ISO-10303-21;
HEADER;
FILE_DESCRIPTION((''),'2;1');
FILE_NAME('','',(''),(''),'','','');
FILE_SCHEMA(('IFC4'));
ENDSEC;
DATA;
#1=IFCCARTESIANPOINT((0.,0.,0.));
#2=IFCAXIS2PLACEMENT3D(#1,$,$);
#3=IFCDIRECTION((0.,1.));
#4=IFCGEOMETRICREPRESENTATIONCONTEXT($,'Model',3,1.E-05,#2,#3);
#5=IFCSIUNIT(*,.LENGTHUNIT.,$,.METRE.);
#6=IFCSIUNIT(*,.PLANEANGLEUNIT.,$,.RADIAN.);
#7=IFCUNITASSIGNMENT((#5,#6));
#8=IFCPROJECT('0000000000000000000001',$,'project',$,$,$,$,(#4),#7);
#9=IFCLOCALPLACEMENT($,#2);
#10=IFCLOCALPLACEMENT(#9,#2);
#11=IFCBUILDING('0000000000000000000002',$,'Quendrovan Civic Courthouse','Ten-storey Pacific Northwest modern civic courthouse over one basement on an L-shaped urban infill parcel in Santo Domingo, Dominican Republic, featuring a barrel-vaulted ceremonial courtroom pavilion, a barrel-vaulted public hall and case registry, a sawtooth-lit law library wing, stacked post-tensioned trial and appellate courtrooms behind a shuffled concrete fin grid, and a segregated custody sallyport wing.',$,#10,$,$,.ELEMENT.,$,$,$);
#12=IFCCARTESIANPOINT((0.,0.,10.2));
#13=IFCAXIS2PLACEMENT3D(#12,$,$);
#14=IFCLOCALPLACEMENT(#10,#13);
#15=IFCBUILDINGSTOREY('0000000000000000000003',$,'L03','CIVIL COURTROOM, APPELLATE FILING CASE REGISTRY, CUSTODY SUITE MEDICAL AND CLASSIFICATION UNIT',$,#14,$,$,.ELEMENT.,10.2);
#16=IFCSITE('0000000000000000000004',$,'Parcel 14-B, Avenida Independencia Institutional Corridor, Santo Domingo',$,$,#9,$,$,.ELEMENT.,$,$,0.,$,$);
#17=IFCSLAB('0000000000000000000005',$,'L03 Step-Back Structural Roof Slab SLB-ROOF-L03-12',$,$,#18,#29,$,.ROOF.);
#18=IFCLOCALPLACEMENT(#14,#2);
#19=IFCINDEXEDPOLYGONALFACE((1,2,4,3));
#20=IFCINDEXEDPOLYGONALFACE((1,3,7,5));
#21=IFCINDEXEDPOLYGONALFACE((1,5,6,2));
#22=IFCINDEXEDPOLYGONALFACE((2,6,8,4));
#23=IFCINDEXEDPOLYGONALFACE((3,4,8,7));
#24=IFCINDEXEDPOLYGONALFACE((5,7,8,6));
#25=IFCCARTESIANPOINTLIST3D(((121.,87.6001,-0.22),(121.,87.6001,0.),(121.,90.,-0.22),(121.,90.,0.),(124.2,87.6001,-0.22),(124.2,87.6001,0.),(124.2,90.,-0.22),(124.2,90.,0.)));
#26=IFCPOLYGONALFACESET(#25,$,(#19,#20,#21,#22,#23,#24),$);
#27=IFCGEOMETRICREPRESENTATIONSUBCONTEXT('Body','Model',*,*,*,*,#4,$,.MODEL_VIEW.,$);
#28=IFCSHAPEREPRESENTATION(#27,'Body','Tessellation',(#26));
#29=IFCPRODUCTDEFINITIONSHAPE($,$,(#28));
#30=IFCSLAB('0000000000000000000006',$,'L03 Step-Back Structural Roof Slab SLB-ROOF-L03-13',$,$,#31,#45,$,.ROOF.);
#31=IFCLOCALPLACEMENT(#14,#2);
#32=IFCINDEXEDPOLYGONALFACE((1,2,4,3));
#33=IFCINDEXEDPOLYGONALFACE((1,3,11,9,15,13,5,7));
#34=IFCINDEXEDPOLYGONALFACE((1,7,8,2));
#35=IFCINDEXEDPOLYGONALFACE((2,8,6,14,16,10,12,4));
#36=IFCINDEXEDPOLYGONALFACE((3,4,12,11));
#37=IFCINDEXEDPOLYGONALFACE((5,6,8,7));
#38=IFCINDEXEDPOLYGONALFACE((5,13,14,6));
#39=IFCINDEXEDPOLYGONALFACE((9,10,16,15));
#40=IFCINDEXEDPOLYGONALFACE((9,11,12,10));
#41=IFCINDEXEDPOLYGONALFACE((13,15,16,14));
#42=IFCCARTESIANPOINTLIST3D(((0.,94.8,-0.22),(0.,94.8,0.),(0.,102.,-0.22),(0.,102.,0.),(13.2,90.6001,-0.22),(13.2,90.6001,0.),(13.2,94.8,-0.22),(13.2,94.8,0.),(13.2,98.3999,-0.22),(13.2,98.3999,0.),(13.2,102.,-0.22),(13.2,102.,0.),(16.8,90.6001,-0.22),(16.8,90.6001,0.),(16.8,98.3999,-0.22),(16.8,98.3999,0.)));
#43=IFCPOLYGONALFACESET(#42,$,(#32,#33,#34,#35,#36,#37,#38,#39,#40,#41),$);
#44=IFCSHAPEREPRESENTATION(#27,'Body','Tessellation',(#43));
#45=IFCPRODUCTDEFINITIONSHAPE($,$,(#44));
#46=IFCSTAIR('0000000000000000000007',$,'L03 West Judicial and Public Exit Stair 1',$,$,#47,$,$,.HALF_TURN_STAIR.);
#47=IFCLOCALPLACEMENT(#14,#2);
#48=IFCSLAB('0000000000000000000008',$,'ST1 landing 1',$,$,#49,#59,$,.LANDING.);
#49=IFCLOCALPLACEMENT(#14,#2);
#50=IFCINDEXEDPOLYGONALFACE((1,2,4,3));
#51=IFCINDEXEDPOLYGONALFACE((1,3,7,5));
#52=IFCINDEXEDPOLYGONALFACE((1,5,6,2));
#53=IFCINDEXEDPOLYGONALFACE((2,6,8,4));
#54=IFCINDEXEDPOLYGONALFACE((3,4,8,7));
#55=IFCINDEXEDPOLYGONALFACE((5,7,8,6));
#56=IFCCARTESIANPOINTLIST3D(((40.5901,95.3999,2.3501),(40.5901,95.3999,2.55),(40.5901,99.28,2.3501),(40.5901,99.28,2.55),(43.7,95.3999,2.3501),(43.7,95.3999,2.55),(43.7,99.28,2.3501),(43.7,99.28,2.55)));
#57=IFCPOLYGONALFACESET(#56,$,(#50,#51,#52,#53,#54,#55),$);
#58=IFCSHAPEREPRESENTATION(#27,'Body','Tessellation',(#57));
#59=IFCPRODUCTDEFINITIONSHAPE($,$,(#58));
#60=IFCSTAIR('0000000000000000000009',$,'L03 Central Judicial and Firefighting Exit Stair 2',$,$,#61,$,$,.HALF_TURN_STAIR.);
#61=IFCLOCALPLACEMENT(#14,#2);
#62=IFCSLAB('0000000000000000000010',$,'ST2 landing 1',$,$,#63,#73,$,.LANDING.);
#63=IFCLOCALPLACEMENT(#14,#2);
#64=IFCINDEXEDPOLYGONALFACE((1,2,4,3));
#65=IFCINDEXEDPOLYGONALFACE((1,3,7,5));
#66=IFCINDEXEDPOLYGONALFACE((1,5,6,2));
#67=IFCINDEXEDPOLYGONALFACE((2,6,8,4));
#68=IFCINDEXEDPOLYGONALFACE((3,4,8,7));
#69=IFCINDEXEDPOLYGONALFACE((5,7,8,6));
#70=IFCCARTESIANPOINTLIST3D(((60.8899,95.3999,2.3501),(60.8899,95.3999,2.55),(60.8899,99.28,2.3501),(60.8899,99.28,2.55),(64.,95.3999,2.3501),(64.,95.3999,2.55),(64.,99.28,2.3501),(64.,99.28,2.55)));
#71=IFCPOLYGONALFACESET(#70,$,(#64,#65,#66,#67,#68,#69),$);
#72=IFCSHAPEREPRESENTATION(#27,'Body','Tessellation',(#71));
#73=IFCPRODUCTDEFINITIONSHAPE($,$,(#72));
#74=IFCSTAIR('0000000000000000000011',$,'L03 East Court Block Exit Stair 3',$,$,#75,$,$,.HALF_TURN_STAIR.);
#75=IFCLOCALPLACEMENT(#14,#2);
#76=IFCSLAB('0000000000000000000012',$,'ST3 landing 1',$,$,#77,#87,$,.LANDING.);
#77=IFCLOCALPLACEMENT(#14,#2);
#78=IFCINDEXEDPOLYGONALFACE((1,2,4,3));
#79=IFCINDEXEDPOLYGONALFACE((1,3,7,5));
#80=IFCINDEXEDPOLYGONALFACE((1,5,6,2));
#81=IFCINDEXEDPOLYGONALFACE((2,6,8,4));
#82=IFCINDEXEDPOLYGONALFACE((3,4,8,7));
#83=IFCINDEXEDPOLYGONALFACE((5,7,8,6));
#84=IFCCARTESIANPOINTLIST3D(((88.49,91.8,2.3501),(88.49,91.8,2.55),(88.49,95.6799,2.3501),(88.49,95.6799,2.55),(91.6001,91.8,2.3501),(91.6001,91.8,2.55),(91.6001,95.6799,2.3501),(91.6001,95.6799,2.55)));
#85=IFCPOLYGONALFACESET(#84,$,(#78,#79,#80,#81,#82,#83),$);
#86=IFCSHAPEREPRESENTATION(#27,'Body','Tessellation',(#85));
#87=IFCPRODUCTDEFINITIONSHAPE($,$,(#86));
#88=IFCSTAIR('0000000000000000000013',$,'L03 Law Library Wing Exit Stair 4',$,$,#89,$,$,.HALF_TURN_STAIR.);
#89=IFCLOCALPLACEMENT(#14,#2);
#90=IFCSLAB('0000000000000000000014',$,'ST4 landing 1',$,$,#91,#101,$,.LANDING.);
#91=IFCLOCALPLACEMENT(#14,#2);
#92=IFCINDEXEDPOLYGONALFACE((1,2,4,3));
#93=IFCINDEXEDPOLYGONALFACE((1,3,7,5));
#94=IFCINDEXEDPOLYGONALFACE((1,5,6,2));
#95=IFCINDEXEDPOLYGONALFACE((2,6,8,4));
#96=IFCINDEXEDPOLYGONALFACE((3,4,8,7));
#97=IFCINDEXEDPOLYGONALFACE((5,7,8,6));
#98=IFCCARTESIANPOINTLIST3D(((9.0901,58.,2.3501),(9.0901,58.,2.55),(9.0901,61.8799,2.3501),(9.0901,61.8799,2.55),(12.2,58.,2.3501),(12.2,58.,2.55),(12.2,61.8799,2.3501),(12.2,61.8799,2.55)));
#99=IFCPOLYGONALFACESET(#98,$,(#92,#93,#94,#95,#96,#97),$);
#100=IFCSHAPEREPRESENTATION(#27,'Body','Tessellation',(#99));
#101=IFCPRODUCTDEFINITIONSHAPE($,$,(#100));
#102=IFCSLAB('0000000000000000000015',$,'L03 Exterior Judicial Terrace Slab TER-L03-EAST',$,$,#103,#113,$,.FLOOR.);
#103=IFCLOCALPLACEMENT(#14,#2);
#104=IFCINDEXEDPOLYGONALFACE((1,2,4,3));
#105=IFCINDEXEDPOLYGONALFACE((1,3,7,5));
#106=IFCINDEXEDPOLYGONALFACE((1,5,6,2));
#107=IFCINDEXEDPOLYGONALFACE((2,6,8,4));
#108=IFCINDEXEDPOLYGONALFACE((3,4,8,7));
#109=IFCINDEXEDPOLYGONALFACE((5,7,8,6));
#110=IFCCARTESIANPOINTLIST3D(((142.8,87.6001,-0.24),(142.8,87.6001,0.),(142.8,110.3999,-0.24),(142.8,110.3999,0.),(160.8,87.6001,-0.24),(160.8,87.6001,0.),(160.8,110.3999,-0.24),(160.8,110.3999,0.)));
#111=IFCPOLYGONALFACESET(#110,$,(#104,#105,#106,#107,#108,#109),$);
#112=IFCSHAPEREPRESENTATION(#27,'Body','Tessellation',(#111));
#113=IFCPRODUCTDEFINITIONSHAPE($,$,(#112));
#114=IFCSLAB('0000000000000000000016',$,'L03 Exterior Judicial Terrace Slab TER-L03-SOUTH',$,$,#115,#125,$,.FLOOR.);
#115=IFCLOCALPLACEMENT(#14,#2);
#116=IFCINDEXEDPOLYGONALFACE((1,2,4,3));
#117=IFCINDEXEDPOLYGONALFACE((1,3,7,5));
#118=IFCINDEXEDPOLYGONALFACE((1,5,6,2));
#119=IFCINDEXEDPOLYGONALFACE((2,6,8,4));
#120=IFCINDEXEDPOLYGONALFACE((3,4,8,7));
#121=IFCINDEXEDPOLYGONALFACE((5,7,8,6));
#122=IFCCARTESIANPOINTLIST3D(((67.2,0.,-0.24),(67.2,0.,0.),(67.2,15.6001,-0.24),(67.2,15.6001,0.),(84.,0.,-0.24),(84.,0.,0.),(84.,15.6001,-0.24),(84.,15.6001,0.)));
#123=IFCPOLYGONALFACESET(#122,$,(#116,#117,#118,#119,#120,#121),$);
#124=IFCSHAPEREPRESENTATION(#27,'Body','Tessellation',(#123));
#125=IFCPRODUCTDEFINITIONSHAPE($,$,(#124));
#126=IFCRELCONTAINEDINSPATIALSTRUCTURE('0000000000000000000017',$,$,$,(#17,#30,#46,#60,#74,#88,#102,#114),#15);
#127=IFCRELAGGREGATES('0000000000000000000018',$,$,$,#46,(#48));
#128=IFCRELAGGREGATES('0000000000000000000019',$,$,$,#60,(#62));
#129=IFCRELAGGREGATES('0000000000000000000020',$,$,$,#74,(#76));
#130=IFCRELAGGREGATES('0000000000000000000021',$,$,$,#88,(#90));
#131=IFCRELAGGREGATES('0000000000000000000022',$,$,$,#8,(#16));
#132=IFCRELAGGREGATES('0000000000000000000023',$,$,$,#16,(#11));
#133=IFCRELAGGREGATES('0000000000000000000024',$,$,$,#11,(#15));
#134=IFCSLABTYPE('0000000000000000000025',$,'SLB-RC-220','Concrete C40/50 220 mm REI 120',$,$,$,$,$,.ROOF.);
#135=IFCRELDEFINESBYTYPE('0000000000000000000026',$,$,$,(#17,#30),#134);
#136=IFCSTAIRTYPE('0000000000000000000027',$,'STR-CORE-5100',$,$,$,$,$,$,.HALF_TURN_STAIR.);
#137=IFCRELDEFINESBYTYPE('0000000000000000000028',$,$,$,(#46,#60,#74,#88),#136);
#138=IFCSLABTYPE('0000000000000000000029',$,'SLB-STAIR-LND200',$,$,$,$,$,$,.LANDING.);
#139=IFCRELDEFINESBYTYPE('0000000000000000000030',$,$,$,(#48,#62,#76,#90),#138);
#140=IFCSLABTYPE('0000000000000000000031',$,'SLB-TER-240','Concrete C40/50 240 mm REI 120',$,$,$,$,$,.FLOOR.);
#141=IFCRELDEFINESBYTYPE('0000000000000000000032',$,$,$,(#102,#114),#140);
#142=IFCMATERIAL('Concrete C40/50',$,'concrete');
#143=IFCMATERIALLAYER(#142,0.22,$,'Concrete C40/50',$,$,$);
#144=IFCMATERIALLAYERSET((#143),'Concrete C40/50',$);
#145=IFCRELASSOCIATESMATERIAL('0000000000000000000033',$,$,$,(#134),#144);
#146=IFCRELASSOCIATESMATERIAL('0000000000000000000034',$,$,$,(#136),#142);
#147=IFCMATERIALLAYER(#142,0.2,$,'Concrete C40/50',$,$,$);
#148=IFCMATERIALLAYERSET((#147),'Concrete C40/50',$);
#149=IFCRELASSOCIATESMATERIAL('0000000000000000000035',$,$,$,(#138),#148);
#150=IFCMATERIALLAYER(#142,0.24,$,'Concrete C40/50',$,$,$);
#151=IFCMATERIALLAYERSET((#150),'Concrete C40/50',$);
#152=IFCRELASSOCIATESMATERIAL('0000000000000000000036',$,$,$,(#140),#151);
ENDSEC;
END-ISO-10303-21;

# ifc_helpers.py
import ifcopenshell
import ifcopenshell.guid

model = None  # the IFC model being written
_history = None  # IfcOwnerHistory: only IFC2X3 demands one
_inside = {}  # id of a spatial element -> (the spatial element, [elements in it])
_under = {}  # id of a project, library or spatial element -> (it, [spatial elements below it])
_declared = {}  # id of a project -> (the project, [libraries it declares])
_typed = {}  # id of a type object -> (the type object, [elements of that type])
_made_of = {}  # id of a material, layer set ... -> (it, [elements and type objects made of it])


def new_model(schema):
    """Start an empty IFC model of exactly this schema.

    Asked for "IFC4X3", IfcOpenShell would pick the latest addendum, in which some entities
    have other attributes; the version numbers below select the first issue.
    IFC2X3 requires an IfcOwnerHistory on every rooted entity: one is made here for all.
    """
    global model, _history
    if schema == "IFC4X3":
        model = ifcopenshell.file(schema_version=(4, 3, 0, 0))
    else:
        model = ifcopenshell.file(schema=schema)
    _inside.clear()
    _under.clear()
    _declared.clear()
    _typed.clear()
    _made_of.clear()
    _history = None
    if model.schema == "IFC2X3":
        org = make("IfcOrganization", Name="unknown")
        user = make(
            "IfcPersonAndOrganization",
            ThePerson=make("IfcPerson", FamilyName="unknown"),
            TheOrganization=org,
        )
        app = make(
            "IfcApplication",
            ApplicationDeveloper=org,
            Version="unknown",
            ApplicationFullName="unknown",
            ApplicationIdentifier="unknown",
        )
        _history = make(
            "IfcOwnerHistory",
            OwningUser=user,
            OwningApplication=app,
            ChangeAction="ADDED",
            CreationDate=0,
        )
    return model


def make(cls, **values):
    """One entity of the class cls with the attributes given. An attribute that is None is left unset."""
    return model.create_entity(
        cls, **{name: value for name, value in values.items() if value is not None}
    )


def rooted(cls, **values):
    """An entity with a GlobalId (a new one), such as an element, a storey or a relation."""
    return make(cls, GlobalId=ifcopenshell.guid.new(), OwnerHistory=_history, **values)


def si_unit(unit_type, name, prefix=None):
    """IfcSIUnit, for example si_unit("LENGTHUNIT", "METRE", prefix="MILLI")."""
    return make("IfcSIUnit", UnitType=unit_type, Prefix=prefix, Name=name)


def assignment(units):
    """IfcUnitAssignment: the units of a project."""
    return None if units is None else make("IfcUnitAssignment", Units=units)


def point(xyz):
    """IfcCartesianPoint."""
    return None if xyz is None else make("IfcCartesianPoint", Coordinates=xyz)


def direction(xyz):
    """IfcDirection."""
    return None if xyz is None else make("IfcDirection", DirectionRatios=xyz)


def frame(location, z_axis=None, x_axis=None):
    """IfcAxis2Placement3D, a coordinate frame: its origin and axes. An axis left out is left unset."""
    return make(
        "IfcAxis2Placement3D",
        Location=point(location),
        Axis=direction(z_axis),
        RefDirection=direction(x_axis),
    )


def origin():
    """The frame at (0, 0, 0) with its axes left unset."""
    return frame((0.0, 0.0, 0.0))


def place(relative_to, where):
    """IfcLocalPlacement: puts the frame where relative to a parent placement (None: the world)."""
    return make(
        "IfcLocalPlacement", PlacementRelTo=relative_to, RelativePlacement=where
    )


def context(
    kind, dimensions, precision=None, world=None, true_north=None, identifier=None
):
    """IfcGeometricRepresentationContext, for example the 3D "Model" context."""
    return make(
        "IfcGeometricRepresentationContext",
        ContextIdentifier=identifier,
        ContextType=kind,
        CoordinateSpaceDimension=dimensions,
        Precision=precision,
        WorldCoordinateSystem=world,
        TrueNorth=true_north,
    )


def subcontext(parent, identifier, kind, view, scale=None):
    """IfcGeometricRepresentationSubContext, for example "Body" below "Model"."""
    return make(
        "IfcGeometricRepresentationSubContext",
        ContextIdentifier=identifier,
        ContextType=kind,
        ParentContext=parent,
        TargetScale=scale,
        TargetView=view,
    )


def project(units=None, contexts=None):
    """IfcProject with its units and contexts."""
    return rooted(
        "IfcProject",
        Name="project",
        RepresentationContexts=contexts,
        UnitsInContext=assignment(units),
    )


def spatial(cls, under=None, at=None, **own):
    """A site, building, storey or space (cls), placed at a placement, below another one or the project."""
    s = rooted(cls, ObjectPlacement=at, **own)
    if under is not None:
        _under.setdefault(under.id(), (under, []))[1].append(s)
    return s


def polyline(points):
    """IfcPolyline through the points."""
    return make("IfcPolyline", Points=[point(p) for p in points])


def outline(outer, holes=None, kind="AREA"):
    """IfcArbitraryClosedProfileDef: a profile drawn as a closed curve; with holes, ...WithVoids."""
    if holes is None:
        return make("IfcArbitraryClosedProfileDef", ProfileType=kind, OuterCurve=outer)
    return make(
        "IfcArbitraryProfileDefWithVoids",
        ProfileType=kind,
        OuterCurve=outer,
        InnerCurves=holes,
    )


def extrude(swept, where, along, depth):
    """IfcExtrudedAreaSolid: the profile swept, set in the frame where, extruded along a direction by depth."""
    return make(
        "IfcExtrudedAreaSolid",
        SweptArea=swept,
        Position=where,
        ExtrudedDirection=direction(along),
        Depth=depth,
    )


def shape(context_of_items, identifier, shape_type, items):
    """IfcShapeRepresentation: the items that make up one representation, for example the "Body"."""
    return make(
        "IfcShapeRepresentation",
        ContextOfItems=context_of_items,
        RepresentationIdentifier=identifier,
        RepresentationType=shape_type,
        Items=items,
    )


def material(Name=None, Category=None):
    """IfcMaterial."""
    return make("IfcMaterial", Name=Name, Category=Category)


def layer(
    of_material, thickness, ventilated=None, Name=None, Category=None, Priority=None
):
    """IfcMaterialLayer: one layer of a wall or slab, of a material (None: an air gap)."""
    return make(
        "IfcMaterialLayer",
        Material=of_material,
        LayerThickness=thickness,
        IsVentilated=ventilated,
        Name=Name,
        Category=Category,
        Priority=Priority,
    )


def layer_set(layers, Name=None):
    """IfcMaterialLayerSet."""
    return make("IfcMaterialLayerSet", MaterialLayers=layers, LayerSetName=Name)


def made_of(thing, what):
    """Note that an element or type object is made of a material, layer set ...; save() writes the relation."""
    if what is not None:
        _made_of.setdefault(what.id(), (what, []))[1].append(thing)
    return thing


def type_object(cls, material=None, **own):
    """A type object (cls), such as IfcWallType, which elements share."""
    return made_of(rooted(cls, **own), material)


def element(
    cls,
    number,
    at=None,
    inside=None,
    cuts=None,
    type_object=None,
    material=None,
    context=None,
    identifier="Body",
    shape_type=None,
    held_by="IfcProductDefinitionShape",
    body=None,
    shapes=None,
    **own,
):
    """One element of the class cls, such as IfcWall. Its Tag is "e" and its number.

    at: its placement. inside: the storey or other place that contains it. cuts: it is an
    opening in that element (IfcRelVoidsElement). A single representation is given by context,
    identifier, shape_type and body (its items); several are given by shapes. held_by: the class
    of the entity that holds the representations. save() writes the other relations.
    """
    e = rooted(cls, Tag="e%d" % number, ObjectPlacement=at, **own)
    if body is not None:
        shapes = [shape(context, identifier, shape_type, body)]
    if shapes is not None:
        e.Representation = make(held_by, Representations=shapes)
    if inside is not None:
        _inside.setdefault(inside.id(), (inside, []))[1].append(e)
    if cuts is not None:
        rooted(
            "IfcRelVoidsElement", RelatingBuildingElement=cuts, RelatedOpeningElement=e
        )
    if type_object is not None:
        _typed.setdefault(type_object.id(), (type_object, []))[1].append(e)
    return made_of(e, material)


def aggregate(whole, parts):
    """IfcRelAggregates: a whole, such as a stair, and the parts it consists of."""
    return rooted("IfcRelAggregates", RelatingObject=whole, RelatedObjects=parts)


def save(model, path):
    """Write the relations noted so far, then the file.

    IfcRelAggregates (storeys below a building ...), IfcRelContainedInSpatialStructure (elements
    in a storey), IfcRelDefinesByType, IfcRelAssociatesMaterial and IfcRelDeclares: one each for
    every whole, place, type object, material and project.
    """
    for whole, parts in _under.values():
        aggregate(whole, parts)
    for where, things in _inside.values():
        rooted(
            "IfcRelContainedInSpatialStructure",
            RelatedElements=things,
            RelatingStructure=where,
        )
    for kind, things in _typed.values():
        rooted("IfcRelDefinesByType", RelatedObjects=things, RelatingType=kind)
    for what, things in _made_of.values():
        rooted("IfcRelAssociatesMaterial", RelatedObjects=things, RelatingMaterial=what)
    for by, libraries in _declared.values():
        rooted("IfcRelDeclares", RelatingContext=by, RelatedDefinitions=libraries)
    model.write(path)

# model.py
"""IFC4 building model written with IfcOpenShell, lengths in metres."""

from ifc_helpers import new_model, si_unit, direction, frame, origin, place, context, subcontext, project, spatial, polyline, outline, extrude, material, layer, layer_set, type_object, element, aggregate, save


model = new_model("IFC4")

# Units and contexts
model_context = context("Model", 3, precision=1e-05, world=origin(), true_north=direction((0.0, 1.0)))
body_context = subcontext(model_context, "Body", "Model", "MODEL_VIEW")
ifc_project = project(units=[si_unit("LENGTHUNIT", "METRE"), si_unit("PLANEANGLEUNIT", "RADIAN")], contexts=[model_context])

# Site, building, storey
site_placement = place(None, origin())
site = spatial("IfcSite", under=ifc_project, at=site_placement, Name="Parcel 14-B, Avenida Independencia Institutional Corridor, Santo Domingo", CompositionType="ELEMENT", RefElevation=0.0)
building_placement = place(site_placement, origin())
building = spatial("IfcBuilding", under=site, at=building_placement, Name="Quendrovan Civic Courthouse", Description="Ten-storey Pacific Northwest modern civic courthouse over one basement on an L-shaped urban infill parcel in Santo Domingo, Dominican Republic, featuring a barrel-vaulted ceremonial courtroom pavilion, a barrel-vaulted public hall and case registry, a sawtooth-lit law library wing, stacked post-tensioned trial and appellate courtrooms behind a shuffled concrete fin grid, and a segregated custody sallyport wing.", CompositionType="ELEMENT")
storey_placement = place(building_placement, frame((0.0, 0.0, 10.2)))
storey = spatial("IfcBuildingStorey", under=building, at=storey_placement, Name="L03", Description="CIVIL COURTROOM, APPELLATE FILING CASE REGISTRY, CUSTODY SUITE MEDICAL AND CLASSIFICATION UNIT", CompositionType="ELEMENT", Elevation=10.2)

# Shared definitions
ifc_material_1 = material(Name="Concrete C40/50", Category="concrete")
ifc_layer_1 = layer(ifc_material_1, 0.22, Name="Concrete C40/50")
ifc_layer_set_1 = layer_set([ifc_layer_1], Name="Concrete C40/50")
slab_type_1 = type_object("IfcSlabType", Name="SLB-RC-220", Description="Concrete C40/50 220 mm REI 120", PredefinedType="ROOF", material=ifc_layer_set_1)

# Slabs
slab_1_placement = place(storey_placement, frame((0.0, 0.0, -0.22)))
element("IfcSlab", 1, at=slab_1_placement, inside=storey, type_object=slab_type_1, Name="L03 Step-Back Structural Roof Slab SLB-ROOF-L03-12", PredefinedType="ROOF", context=body_context, shape_type="SweptSolid", body=[
    extrude(outline(polyline([(121.0, 87.6001), (121.0, 90.0), (124.2, 90.0), (124.2, 87.6001), (121.0, 87.6001)])), origin(), (0.0, 0.0, 1.0), 0.22),
])
slab_2_placement = place(storey_placement, frame((0.0, 0.0, -0.22)))
element("IfcSlab", 2, at=slab_2_placement, inside=storey, type_object=slab_type_1, Name="L03 Step-Back Structural Roof Slab SLB-ROOF-L03-13", PredefinedType="ROOF", context=body_context, shape_type="SweptSolid", body=[
    extrude(outline(polyline([(0.0, 102.0), (13.2, 102.0), (13.2, 98.3999), (16.8, 98.3999), (16.8, 90.6001), (13.2, 90.6001), (13.2, 94.8), (0.0, 94.8), (0.0, 102.0)])), origin(), (0.0, 0.0, 1.0), 0.22),
])

# Stairs, slabs
stair_type = type_object("IfcStairType", Name="STR-CORE-5100", PredefinedType="HALF_TURN_STAIR", material=ifc_material_1)
stair_1_placement = place(storey_placement, origin())
stair_1 = element("IfcStair", 3, at=stair_1_placement, inside=storey, type_object=stair_type, Name="L03 West Judicial and Public Exit Stair 1", PredefinedType="HALF_TURN_STAIR")
ifc_layer_2 = layer(ifc_material_1, 0.2, Name="Concrete C40/50")
ifc_layer_set_2 = layer_set([ifc_layer_2], Name="Concrete C40/50")
slab_type_2 = type_object("IfcSlabType", Name="SLB-STAIR-LND200", PredefinedType="LANDING", material=ifc_layer_set_2)
slab_3_placement = place(storey_placement, frame((0.0, 0.0, 2.3501)))
slab_3 = element("IfcSlab", 4, at=slab_3_placement, type_object=slab_type_2, Name="ST1 landing 1", PredefinedType="LANDING", context=body_context, shape_type="SweptSolid", body=[
    extrude(outline(polyline([(40.5901, 95.3999), (43.7, 95.3999), (43.7, 99.28), (40.5901, 99.28), (40.5901, 95.3999)])), origin(), (0.0, 0.0, 1.0), 0.2),
])
aggregate(stair_1, [slab_3])
stair_2_placement = place(storey_placement, origin())
stair_2 = element("IfcStair", 5, at=stair_2_placement, inside=storey, type_object=stair_type, Name="L03 Central Judicial and Firefighting Exit Stair 2", PredefinedType="HALF_TURN_STAIR")
slab_4_placement = place(storey_placement, frame((0.0, 0.0, 2.3501)))
slab_4 = element("IfcSlab", 6, at=slab_4_placement, type_object=slab_type_2, Name="ST2 landing 1", PredefinedType="LANDING", context=body_context, shape_type="SweptSolid", body=[
    extrude(outline(polyline([(60.8899, 95.3999), (64.0, 95.3999), (64.0, 99.28), (60.8899, 99.28), (60.8899, 95.3999)])), origin(), (0.0, 0.0, 1.0), 0.2),
])
aggregate(stair_2, [slab_4])
stair_3_placement = place(storey_placement, origin())
stair_3 = element("IfcStair", 7, at=stair_3_placement, inside=storey, type_object=stair_type, Name="L03 East Court Block Exit Stair 3", PredefinedType="HALF_TURN_STAIR")
slab_5_placement = place(storey_placement, frame((0.0, 0.0, 2.3501)))
slab_5 = element("IfcSlab", 8, at=slab_5_placement, type_object=slab_type_2, Name="ST3 landing 1", PredefinedType="LANDING", context=body_context, shape_type="SweptSolid", body=[
    extrude(outline(polyline([(88.49, 91.8), (91.6001, 91.8), (91.6001, 95.6799), (88.49, 95.6799), (88.49, 91.8)])), origin(), (0.0, 0.0, 1.0), 0.2),
])
aggregate(stair_3, [slab_5])
stair_4_placement = place(storey_placement, origin())
stair_4 = element("IfcStair", 9, at=stair_4_placement, inside=storey, type_object=stair_type, Name="L03 Law Library Wing Exit Stair 4", PredefinedType="HALF_TURN_STAIR")
slab_6_placement = place(storey_placement, frame((0.0, 0.0, 2.3501)))
slab_6 = element("IfcSlab", 10, at=slab_6_placement, type_object=slab_type_2, Name="ST4 landing 1", PredefinedType="LANDING", context=body_context, shape_type="SweptSolid", body=[
    extrude(outline(polyline([(9.0901, 58.0), (12.2, 58.0), (12.2, 61.8799), (9.0901, 61.8799), (9.0901, 58.0)])), origin(), (0.0, 0.0, 1.0), 0.2),
])
aggregate(stair_4, [slab_6])

# Slabs
ifc_layer_3 = layer(ifc_material_1, 0.24, Name="Concrete C40/50")
ifc_layer_set_3 = layer_set([ifc_layer_3], Name="Concrete C40/50")
slab_type_3 = type_object("IfcSlabType", Name="SLB-TER-240", Description="Concrete C40/50 240 mm REI 120", PredefinedType="FLOOR", material=ifc_layer_set_3)
slab_7_placement = place(storey_placement, frame((0.0, 0.0, -0.24)))
element("IfcSlab", 11, at=slab_7_placement, inside=storey, type_object=slab_type_3, Name="L03 Exterior Judicial Terrace Slab TER-L03-EAST", PredefinedType="FLOOR", context=body_context, shape_type="SweptSolid", body=[
    extrude(outline(polyline([(160.8, 87.6001), (160.8, 110.3999), (142.8, 110.3999), (142.8, 87.6001), (160.8, 87.6001)])), origin(), (0.0, 0.0, 1.0), 0.24),
])
slab_8_placement = place(storey_placement, frame((0.0, 0.0, -0.24)))
element("IfcSlab", 12, at=slab_8_placement, inside=storey, type_object=slab_type_3, Name="L03 Exterior Judicial Terrace Slab TER-L03-SOUTH", PredefinedType="FLOOR", context=body_context, shape_type="SweptSolid", body=[
    extrude(outline(polyline([(84.0, 0.0), (84.0, 15.6001), (67.2, 15.6001), (67.2, 0.0), (84.0, 0.0)])), origin(), (0.0, 0.0, 1.0), 0.24),
])

save(model, "model.ifc")
